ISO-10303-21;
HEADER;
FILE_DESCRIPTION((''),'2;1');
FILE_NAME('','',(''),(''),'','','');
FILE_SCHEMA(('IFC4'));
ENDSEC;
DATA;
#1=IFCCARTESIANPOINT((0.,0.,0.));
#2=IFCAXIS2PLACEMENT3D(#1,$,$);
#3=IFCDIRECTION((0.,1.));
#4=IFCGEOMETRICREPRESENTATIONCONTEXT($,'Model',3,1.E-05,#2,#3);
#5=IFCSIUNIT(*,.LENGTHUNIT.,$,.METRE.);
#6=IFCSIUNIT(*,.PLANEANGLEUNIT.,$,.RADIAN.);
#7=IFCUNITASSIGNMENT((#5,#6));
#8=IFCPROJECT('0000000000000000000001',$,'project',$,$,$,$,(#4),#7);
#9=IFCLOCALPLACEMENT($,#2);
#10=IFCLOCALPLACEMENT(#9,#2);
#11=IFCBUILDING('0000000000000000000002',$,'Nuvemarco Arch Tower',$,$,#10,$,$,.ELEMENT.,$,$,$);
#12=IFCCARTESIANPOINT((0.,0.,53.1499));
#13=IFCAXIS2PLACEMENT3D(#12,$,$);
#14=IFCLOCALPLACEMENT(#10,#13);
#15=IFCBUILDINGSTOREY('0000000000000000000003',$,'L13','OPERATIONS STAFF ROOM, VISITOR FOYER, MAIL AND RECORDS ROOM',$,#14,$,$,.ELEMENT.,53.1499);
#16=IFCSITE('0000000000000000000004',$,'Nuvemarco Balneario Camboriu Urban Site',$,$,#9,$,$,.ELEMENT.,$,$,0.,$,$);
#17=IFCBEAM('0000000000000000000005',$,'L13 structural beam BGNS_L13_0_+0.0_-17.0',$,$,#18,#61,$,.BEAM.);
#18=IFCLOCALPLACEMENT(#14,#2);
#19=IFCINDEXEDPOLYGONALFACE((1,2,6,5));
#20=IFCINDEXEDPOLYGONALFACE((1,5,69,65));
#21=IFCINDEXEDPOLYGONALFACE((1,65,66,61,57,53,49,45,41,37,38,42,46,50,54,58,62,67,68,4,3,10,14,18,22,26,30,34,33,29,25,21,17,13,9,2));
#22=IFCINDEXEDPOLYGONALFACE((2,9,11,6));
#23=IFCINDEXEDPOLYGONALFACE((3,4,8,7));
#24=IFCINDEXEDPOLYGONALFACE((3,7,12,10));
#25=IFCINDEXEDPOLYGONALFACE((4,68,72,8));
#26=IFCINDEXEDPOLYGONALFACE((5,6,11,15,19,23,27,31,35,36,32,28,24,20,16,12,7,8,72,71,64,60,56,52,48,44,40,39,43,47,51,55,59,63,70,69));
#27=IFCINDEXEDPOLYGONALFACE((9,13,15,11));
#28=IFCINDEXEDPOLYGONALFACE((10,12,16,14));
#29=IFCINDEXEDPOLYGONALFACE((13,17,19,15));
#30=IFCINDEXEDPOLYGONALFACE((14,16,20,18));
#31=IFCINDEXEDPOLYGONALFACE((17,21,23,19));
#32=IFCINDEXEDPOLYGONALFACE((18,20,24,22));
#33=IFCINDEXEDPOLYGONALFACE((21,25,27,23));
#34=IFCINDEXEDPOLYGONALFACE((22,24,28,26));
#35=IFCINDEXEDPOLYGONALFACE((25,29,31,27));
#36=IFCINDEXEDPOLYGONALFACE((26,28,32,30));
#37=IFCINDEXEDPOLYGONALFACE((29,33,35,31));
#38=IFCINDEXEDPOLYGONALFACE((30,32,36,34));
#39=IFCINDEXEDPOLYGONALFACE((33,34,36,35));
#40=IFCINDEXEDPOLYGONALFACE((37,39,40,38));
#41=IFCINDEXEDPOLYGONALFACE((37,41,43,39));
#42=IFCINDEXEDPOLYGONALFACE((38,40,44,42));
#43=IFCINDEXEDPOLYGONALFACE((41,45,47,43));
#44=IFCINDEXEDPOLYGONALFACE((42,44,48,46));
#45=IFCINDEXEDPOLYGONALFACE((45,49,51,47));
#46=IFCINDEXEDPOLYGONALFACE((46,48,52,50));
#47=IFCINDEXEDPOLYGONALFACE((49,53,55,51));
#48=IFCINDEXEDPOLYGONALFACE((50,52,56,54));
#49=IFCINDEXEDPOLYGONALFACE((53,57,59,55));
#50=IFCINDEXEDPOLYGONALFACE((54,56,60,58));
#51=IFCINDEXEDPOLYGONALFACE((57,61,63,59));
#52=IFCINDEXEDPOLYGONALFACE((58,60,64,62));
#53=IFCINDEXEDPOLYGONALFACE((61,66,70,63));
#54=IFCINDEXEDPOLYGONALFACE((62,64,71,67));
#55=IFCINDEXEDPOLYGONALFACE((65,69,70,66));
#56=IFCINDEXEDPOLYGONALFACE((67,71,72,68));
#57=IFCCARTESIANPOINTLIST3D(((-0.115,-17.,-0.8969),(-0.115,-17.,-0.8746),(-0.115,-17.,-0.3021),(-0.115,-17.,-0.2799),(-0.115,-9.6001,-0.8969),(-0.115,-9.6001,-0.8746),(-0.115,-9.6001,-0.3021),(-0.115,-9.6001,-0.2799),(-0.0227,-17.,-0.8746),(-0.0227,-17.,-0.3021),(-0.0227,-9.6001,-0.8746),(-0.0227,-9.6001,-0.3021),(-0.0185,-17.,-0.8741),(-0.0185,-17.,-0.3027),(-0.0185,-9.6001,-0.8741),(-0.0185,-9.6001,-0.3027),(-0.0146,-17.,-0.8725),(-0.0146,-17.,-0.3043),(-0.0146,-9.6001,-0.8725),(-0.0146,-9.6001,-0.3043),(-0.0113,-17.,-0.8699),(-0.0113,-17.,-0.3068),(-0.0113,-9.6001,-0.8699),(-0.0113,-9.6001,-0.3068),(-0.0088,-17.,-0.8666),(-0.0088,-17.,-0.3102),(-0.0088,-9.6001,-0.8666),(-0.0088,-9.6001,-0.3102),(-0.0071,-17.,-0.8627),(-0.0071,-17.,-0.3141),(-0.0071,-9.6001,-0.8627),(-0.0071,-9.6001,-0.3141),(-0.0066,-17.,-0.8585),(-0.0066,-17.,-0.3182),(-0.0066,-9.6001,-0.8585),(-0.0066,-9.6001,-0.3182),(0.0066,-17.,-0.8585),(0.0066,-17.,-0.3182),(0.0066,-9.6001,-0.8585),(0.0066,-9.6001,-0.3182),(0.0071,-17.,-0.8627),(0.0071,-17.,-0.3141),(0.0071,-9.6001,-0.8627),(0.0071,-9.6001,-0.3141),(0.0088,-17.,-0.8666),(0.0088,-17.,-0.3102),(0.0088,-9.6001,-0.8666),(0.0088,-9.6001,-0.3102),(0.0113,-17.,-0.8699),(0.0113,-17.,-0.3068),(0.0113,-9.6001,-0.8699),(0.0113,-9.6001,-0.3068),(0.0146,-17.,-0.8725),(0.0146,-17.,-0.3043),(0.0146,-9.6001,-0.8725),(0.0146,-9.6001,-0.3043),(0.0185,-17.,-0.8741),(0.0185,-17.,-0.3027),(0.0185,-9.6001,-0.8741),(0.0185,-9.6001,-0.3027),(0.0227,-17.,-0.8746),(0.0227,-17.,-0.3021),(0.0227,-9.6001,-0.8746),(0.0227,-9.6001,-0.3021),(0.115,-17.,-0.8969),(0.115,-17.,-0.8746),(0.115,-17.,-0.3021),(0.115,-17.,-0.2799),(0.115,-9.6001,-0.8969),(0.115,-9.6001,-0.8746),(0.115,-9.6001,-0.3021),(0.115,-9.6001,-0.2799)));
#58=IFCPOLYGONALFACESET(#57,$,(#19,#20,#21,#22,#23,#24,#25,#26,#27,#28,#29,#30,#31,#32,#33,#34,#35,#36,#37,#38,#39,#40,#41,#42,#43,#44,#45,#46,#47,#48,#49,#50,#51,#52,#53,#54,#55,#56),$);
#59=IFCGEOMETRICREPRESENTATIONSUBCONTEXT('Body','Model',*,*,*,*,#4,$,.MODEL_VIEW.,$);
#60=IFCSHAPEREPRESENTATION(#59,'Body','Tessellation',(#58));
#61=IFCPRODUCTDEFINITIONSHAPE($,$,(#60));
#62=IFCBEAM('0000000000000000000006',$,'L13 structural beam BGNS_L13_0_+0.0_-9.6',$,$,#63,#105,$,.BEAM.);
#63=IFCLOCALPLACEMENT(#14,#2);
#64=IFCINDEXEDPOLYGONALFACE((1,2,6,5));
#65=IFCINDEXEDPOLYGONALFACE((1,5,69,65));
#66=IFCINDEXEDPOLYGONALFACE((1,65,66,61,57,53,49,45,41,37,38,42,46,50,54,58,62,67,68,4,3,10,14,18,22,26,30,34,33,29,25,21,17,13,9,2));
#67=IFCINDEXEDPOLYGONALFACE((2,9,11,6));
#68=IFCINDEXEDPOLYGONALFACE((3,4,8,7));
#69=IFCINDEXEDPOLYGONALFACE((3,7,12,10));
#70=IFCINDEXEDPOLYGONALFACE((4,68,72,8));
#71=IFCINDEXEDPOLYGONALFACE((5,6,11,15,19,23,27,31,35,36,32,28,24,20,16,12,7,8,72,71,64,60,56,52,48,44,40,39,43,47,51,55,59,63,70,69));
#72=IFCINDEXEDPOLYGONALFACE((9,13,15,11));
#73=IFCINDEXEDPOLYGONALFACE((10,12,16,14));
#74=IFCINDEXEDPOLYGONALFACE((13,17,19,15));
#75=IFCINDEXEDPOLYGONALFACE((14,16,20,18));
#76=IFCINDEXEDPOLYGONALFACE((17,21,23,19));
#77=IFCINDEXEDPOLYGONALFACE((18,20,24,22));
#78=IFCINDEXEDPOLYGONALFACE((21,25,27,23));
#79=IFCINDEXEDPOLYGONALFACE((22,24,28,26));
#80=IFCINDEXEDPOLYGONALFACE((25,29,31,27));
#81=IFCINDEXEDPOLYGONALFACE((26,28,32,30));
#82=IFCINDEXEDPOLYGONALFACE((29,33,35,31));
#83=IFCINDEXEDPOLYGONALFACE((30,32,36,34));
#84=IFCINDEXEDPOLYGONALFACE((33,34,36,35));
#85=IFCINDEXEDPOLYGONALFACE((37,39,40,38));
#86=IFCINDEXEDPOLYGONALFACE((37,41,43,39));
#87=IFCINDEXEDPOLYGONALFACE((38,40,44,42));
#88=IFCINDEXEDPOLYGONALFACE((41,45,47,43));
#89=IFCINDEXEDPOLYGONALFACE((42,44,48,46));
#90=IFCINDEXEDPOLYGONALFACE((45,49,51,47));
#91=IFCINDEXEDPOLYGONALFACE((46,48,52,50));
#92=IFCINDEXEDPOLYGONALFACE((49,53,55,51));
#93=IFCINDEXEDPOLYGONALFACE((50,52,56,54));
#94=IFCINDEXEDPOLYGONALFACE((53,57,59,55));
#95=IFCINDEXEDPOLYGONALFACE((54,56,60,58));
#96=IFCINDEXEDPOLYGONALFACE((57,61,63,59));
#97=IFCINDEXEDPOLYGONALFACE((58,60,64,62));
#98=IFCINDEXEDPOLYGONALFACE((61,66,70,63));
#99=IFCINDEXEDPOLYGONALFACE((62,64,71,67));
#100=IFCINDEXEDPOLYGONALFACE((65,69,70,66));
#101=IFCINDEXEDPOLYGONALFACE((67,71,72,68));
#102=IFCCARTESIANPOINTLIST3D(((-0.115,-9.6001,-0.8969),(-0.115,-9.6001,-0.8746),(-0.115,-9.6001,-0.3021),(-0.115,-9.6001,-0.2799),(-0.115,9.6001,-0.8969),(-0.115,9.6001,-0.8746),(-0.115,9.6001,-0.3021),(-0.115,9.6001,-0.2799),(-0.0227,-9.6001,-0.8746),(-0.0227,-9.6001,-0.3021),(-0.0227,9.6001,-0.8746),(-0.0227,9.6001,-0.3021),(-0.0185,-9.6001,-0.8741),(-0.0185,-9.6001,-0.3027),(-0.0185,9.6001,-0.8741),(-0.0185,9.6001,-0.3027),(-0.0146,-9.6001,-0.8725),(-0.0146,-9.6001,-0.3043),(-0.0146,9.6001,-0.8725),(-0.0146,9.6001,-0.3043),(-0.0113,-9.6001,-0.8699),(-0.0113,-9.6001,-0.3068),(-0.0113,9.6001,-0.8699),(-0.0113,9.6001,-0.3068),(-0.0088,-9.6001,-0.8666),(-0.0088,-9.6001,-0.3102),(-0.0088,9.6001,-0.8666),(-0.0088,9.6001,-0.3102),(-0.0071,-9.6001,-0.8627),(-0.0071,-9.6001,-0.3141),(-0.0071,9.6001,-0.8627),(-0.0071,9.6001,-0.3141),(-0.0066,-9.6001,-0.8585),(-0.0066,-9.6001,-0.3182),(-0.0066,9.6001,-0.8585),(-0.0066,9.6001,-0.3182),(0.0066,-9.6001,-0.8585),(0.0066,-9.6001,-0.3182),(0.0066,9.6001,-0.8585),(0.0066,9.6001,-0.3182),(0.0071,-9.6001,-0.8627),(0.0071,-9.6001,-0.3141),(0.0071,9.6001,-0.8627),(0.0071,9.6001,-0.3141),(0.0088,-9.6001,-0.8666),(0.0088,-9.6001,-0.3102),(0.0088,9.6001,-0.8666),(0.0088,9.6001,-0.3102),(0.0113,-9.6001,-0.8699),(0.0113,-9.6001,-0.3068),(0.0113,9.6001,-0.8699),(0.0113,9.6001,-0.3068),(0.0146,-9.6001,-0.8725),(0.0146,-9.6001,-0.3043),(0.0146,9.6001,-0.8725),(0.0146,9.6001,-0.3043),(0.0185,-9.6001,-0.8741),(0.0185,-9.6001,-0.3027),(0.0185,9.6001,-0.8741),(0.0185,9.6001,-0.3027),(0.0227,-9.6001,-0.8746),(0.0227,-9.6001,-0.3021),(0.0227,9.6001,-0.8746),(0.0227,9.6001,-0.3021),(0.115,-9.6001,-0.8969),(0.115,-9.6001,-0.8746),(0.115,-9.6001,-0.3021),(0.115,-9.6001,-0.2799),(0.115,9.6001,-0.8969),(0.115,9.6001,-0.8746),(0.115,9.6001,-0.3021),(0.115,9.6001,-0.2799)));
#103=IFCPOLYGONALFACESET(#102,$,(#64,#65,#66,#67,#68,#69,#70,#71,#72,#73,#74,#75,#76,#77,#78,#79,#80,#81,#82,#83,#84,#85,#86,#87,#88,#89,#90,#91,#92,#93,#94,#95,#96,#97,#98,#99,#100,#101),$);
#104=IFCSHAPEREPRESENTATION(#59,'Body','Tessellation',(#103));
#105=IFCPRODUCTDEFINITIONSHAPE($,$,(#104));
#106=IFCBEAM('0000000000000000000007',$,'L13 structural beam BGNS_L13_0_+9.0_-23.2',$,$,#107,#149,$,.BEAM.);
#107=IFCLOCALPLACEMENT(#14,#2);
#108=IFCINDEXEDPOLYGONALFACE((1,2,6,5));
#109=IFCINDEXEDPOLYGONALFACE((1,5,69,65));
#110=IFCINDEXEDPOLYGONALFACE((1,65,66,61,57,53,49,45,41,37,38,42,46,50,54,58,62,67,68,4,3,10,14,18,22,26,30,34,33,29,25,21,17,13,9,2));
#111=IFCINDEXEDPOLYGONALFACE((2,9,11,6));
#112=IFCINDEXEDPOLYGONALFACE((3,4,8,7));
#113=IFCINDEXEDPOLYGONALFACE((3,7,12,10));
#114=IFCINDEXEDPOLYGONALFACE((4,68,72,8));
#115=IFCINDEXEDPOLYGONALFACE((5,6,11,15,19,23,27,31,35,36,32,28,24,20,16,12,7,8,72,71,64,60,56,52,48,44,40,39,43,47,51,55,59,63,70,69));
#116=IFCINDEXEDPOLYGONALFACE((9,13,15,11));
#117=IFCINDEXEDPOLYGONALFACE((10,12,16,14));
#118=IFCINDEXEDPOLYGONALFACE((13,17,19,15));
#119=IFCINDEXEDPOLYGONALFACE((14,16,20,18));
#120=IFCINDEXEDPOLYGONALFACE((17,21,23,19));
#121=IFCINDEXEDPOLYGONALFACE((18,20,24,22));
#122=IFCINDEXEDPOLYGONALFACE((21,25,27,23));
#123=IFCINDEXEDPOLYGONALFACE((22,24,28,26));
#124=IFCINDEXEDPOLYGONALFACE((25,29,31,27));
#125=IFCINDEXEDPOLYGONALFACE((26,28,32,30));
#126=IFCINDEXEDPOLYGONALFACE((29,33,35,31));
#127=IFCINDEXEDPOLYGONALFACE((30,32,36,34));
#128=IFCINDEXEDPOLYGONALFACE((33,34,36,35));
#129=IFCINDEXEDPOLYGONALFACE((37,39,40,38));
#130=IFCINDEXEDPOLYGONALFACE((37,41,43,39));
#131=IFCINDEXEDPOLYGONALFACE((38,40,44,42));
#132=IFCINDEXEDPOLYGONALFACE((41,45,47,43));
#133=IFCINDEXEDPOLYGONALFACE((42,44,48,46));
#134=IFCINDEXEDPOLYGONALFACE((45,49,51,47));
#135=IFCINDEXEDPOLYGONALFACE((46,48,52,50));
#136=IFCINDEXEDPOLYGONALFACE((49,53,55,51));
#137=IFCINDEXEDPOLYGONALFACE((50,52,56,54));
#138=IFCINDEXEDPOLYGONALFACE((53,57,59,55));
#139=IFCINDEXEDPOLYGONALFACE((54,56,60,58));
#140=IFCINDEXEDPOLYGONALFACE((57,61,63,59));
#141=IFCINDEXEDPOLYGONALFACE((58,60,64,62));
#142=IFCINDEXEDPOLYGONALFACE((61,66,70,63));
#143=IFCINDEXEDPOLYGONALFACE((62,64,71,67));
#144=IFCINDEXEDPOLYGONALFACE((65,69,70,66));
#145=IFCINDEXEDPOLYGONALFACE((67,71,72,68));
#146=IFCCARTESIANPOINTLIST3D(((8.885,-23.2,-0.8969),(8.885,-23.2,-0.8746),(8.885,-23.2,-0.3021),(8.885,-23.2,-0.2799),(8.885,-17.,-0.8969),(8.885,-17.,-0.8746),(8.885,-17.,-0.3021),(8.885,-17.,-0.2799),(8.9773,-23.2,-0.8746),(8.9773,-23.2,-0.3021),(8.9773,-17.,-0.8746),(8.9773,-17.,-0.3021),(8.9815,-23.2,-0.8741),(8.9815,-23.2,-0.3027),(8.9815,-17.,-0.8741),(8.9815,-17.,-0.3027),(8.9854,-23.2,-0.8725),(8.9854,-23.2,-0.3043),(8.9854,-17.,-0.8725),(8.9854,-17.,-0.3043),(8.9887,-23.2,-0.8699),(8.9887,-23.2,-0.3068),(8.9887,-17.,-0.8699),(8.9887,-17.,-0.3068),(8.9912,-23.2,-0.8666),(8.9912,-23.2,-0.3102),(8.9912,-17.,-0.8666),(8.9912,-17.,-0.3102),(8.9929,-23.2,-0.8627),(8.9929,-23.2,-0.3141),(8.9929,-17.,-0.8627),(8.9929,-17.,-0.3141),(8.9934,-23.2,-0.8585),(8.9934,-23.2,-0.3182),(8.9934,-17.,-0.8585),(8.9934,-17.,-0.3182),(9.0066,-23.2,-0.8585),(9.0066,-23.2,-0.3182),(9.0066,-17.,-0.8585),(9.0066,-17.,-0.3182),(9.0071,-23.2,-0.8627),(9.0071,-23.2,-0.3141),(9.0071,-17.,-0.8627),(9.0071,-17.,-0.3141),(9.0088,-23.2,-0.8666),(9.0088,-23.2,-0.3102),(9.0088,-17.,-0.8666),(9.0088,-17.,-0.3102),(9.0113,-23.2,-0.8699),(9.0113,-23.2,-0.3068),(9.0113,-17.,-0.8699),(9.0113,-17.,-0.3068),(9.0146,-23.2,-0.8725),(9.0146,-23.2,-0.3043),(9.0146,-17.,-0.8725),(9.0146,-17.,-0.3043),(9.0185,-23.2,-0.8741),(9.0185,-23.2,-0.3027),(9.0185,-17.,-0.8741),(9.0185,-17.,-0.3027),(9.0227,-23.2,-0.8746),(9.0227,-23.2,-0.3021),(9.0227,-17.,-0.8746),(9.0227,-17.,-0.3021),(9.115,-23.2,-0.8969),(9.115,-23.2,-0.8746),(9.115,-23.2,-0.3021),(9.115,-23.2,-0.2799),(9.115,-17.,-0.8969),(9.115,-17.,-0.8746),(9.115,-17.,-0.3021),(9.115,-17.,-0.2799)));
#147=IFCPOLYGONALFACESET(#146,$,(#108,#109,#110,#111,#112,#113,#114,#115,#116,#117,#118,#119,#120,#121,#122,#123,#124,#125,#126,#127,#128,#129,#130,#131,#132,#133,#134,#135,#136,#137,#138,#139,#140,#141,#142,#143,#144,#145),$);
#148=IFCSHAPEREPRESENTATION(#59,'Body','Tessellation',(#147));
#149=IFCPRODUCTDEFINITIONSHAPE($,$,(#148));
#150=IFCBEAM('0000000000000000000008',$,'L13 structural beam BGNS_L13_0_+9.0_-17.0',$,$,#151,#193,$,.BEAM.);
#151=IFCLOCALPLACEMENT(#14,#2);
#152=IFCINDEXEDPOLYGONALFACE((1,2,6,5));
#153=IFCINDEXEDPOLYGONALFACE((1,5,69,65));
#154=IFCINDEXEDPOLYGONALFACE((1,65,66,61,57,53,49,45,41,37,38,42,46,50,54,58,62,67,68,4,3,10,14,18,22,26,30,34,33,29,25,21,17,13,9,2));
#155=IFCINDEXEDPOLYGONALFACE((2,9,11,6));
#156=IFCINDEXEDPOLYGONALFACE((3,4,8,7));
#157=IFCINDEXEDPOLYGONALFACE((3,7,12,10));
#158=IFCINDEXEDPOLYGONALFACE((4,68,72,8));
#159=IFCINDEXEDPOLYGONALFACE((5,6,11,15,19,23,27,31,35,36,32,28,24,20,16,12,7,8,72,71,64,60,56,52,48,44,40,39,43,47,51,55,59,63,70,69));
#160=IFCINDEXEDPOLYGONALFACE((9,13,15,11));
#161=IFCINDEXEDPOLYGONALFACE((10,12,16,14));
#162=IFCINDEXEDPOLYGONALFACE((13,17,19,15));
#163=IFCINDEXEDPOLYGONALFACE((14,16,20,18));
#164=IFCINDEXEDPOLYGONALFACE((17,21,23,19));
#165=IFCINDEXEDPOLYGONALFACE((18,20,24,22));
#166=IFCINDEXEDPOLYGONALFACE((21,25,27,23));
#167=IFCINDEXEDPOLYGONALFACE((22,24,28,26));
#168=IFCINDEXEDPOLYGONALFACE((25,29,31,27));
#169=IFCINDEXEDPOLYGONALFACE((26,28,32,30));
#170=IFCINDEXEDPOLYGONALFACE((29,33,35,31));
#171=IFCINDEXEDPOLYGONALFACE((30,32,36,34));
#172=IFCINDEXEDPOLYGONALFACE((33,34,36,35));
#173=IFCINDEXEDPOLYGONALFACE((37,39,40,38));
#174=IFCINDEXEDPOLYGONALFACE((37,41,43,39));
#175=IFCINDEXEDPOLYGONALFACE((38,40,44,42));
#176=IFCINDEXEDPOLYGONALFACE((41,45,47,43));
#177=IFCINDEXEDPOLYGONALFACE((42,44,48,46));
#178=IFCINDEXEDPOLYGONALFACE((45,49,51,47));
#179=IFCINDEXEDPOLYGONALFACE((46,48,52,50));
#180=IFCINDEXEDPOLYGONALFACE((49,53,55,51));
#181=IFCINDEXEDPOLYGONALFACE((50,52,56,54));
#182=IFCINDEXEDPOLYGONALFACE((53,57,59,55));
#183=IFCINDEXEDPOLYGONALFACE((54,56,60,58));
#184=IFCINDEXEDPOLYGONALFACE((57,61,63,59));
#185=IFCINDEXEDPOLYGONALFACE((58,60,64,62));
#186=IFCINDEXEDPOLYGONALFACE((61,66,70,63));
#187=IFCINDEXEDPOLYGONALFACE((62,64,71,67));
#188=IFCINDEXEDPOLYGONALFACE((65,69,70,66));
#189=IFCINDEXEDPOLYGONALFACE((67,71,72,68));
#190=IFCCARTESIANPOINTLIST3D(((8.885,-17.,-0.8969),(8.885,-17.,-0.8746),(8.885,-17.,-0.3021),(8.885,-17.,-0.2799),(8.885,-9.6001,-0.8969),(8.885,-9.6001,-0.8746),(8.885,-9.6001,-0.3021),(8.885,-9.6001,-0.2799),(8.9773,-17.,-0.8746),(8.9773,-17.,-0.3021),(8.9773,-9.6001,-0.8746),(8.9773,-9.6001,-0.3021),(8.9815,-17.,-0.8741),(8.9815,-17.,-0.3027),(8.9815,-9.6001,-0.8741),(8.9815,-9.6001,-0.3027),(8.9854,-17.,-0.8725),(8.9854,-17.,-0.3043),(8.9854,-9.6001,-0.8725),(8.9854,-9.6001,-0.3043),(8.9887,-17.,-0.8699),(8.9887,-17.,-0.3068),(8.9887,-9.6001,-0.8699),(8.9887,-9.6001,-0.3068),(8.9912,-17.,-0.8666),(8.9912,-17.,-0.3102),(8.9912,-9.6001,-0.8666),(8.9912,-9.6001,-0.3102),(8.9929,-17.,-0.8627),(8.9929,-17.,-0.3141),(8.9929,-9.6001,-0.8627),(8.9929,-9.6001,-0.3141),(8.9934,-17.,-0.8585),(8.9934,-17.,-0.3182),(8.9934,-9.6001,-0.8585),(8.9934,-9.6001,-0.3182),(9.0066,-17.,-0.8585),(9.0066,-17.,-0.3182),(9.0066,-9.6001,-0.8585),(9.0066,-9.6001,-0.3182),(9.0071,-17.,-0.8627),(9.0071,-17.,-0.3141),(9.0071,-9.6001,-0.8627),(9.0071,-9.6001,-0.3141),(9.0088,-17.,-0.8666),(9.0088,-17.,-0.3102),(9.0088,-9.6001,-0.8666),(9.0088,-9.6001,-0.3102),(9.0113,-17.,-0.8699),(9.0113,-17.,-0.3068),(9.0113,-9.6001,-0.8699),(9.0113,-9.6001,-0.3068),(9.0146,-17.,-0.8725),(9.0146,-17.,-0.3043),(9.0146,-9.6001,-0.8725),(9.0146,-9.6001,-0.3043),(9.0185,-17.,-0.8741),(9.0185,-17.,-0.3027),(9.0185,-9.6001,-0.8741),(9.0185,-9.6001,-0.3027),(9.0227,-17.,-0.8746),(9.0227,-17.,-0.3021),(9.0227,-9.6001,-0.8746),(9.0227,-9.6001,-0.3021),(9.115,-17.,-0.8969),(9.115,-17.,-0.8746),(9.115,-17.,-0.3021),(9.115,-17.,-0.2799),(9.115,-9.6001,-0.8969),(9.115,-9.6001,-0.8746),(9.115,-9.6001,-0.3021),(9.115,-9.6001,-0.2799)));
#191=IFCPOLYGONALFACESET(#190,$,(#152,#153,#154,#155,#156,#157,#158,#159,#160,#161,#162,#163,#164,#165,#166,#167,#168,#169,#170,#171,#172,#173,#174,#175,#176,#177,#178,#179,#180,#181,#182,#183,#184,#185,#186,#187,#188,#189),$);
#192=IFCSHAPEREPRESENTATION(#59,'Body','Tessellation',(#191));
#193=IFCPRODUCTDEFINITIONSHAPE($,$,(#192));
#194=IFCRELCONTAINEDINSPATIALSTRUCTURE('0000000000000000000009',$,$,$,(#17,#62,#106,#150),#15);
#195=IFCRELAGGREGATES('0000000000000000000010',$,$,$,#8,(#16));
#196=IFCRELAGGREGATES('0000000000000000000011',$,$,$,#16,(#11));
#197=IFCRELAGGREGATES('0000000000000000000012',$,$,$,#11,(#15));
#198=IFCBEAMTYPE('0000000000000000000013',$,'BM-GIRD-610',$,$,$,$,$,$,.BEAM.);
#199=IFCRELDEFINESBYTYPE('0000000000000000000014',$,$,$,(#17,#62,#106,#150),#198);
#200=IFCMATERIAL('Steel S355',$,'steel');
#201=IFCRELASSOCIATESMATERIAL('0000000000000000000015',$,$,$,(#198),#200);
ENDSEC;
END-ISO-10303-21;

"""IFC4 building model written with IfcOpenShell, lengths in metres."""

from ifc_helpers import new_model, si_unit, direction, frame, origin, origin_2d, place, context, subcontext, project, spatial, i_section, extrude, material, material_profile, profile_set, type_object, element, save


model = new_model("IFC4")

# Units and contexts
model_context = context("Model", 3, precision=1e-05, world=origin(), true_north=direction((0.0, 1.0)))
body_context = subcontext(model_context, "Body", "Model", "MODEL_VIEW")
ifc_project = project(units=[si_unit("LENGTHUNIT", "METRE"), si_unit("PLANEANGLEUNIT", "RADIAN")], contexts=[model_context])

# Site, building, storey
site_placement = place(None, origin())
site = spatial("IfcSite", under=ifc_project, at=site_placement, Name="Nuvemarco Balneario Camboriu Urban Site", CompositionType="ELEMENT", RefElevation=0.0)
building_placement = place(site_placement, origin())
building = spatial("IfcBuilding", under=site, at=building_placement, Name="Nuvemarco Arch Tower", CompositionType="ELEMENT")
storey_placement = place(building_placement, frame((0.0, 0.0, 53.1499)))
storey = spatial("IfcBuildingStorey", under=building, at=storey_placement, Name="L13", Description="OPERATIONS STAFF ROOM, VISITOR FOYER, MAIL AND RECORDS ROOM", CompositionType="ELEMENT", Elevation=53.1499)

# Shared definitions
ifc_material_1 = material(Name="Steel S355", Category="steel")

# Beams
ifc_material_profile_1 = material_profile(ifc_material_1, i_section(OverallWidth=0.23, OverallDepth=0.6169, WebThickness=0.0132, FlangeThickness=0.0222, FilletRadius=0.0161, at=origin_2d()), Name="W610x140")
ifc_profile_set_1 = profile_set([ifc_material_profile_1], Name="Steel S355")
beam_type_1 = type_object("IfcBeamType", Name="BM-GIRD-610", PredefinedType="BEAM", material=ifc_profile_set_1)
beam_1_placement = place(storey_placement, frame((0.0, -17.0, -0.5884), z_axis=(0.0, 1.0, 0.0), x_axis=(-1.0, 0.0, 0.0)))
element("IfcBeam", 1, at=beam_1_placement, inside=storey, type_object=beam_type_1, Name="L13 structural beam BGNS_L13_0_+0.0_-17.0", PredefinedType="BEAM", context=body_context, shape_type="SweptSolid", body=[
    extrude(i_section(OverallWidth=0.23, OverallDepth=0.6169, WebThickness=0.0132, FlangeThickness=0.0222, FilletRadius=0.0161, at=origin_2d()), origin(), (0.0, 0.0, 1.0), 7.3999),
])
beam_2_placement = place(storey_placement, frame((0.0, -9.6001, -0.5884), z_axis=(0.0, 1.0, 0.0), x_axis=(-1.0, 0.0, 0.0)))
element("IfcBeam", 2, at=beam_2_placement, inside=storey, type_object=beam_type_1, Name="L13 structural beam BGNS_L13_0_+0.0_-9.6", PredefinedType="BEAM", context=body_context, shape_type="SweptSolid", body=[
    extrude(i_section(OverallWidth=0.23, OverallDepth=0.6169, WebThickness=0.0132, FlangeThickness=0.0222, FilletRadius=0.0161, at=origin_2d()), origin(), (0.0, 0.0, 1.0), 19.2002),
])
beam_3_placement = place(storey_placement, frame((9.0, -23.2, -0.5884), z_axis=(0.0, 1.0, 0.0), x_axis=(-1.0, 0.0, 0.0)))
element("IfcBeam", 3, at=beam_3_placement, inside=storey, type_object=beam_type_1, Name="L13 structural beam BGNS_L13_0_+9.0_-23.2", PredefinedType="BEAM", context=body_context, shape_type="SweptSolid", body=[
    extrude(i_section(OverallWidth=0.23, OverallDepth=0.6169, WebThickness=0.0132, FlangeThickness=0.0222, FilletRadius=0.0161, at=origin_2d()), origin(), (0.0, 0.0, 1.0), 6.2),
])
beam_4_placement = place(storey_placement, frame((9.0, -17.0, -0.5884), z_axis=(0.0, 1.0, 0.0), x_axis=(-1.0, 0.0, 0.0)))
element("IfcBeam", 4, at=beam_4_placement, inside=storey, type_object=beam_type_1, Name="L13 structural beam BGNS_L13_0_+9.0_-17.0", PredefinedType="BEAM", context=body_context, shape_type="SweptSolid", body=[
    extrude(i_section(OverallWidth=0.23, OverallDepth=0.6169, WebThickness=0.0132, FlangeThickness=0.0222, FilletRadius=0.0161, at=origin_2d()), origin(), (0.0, 0.0, 1.0), 7.3999),
])

save(model, "model.ifc")
